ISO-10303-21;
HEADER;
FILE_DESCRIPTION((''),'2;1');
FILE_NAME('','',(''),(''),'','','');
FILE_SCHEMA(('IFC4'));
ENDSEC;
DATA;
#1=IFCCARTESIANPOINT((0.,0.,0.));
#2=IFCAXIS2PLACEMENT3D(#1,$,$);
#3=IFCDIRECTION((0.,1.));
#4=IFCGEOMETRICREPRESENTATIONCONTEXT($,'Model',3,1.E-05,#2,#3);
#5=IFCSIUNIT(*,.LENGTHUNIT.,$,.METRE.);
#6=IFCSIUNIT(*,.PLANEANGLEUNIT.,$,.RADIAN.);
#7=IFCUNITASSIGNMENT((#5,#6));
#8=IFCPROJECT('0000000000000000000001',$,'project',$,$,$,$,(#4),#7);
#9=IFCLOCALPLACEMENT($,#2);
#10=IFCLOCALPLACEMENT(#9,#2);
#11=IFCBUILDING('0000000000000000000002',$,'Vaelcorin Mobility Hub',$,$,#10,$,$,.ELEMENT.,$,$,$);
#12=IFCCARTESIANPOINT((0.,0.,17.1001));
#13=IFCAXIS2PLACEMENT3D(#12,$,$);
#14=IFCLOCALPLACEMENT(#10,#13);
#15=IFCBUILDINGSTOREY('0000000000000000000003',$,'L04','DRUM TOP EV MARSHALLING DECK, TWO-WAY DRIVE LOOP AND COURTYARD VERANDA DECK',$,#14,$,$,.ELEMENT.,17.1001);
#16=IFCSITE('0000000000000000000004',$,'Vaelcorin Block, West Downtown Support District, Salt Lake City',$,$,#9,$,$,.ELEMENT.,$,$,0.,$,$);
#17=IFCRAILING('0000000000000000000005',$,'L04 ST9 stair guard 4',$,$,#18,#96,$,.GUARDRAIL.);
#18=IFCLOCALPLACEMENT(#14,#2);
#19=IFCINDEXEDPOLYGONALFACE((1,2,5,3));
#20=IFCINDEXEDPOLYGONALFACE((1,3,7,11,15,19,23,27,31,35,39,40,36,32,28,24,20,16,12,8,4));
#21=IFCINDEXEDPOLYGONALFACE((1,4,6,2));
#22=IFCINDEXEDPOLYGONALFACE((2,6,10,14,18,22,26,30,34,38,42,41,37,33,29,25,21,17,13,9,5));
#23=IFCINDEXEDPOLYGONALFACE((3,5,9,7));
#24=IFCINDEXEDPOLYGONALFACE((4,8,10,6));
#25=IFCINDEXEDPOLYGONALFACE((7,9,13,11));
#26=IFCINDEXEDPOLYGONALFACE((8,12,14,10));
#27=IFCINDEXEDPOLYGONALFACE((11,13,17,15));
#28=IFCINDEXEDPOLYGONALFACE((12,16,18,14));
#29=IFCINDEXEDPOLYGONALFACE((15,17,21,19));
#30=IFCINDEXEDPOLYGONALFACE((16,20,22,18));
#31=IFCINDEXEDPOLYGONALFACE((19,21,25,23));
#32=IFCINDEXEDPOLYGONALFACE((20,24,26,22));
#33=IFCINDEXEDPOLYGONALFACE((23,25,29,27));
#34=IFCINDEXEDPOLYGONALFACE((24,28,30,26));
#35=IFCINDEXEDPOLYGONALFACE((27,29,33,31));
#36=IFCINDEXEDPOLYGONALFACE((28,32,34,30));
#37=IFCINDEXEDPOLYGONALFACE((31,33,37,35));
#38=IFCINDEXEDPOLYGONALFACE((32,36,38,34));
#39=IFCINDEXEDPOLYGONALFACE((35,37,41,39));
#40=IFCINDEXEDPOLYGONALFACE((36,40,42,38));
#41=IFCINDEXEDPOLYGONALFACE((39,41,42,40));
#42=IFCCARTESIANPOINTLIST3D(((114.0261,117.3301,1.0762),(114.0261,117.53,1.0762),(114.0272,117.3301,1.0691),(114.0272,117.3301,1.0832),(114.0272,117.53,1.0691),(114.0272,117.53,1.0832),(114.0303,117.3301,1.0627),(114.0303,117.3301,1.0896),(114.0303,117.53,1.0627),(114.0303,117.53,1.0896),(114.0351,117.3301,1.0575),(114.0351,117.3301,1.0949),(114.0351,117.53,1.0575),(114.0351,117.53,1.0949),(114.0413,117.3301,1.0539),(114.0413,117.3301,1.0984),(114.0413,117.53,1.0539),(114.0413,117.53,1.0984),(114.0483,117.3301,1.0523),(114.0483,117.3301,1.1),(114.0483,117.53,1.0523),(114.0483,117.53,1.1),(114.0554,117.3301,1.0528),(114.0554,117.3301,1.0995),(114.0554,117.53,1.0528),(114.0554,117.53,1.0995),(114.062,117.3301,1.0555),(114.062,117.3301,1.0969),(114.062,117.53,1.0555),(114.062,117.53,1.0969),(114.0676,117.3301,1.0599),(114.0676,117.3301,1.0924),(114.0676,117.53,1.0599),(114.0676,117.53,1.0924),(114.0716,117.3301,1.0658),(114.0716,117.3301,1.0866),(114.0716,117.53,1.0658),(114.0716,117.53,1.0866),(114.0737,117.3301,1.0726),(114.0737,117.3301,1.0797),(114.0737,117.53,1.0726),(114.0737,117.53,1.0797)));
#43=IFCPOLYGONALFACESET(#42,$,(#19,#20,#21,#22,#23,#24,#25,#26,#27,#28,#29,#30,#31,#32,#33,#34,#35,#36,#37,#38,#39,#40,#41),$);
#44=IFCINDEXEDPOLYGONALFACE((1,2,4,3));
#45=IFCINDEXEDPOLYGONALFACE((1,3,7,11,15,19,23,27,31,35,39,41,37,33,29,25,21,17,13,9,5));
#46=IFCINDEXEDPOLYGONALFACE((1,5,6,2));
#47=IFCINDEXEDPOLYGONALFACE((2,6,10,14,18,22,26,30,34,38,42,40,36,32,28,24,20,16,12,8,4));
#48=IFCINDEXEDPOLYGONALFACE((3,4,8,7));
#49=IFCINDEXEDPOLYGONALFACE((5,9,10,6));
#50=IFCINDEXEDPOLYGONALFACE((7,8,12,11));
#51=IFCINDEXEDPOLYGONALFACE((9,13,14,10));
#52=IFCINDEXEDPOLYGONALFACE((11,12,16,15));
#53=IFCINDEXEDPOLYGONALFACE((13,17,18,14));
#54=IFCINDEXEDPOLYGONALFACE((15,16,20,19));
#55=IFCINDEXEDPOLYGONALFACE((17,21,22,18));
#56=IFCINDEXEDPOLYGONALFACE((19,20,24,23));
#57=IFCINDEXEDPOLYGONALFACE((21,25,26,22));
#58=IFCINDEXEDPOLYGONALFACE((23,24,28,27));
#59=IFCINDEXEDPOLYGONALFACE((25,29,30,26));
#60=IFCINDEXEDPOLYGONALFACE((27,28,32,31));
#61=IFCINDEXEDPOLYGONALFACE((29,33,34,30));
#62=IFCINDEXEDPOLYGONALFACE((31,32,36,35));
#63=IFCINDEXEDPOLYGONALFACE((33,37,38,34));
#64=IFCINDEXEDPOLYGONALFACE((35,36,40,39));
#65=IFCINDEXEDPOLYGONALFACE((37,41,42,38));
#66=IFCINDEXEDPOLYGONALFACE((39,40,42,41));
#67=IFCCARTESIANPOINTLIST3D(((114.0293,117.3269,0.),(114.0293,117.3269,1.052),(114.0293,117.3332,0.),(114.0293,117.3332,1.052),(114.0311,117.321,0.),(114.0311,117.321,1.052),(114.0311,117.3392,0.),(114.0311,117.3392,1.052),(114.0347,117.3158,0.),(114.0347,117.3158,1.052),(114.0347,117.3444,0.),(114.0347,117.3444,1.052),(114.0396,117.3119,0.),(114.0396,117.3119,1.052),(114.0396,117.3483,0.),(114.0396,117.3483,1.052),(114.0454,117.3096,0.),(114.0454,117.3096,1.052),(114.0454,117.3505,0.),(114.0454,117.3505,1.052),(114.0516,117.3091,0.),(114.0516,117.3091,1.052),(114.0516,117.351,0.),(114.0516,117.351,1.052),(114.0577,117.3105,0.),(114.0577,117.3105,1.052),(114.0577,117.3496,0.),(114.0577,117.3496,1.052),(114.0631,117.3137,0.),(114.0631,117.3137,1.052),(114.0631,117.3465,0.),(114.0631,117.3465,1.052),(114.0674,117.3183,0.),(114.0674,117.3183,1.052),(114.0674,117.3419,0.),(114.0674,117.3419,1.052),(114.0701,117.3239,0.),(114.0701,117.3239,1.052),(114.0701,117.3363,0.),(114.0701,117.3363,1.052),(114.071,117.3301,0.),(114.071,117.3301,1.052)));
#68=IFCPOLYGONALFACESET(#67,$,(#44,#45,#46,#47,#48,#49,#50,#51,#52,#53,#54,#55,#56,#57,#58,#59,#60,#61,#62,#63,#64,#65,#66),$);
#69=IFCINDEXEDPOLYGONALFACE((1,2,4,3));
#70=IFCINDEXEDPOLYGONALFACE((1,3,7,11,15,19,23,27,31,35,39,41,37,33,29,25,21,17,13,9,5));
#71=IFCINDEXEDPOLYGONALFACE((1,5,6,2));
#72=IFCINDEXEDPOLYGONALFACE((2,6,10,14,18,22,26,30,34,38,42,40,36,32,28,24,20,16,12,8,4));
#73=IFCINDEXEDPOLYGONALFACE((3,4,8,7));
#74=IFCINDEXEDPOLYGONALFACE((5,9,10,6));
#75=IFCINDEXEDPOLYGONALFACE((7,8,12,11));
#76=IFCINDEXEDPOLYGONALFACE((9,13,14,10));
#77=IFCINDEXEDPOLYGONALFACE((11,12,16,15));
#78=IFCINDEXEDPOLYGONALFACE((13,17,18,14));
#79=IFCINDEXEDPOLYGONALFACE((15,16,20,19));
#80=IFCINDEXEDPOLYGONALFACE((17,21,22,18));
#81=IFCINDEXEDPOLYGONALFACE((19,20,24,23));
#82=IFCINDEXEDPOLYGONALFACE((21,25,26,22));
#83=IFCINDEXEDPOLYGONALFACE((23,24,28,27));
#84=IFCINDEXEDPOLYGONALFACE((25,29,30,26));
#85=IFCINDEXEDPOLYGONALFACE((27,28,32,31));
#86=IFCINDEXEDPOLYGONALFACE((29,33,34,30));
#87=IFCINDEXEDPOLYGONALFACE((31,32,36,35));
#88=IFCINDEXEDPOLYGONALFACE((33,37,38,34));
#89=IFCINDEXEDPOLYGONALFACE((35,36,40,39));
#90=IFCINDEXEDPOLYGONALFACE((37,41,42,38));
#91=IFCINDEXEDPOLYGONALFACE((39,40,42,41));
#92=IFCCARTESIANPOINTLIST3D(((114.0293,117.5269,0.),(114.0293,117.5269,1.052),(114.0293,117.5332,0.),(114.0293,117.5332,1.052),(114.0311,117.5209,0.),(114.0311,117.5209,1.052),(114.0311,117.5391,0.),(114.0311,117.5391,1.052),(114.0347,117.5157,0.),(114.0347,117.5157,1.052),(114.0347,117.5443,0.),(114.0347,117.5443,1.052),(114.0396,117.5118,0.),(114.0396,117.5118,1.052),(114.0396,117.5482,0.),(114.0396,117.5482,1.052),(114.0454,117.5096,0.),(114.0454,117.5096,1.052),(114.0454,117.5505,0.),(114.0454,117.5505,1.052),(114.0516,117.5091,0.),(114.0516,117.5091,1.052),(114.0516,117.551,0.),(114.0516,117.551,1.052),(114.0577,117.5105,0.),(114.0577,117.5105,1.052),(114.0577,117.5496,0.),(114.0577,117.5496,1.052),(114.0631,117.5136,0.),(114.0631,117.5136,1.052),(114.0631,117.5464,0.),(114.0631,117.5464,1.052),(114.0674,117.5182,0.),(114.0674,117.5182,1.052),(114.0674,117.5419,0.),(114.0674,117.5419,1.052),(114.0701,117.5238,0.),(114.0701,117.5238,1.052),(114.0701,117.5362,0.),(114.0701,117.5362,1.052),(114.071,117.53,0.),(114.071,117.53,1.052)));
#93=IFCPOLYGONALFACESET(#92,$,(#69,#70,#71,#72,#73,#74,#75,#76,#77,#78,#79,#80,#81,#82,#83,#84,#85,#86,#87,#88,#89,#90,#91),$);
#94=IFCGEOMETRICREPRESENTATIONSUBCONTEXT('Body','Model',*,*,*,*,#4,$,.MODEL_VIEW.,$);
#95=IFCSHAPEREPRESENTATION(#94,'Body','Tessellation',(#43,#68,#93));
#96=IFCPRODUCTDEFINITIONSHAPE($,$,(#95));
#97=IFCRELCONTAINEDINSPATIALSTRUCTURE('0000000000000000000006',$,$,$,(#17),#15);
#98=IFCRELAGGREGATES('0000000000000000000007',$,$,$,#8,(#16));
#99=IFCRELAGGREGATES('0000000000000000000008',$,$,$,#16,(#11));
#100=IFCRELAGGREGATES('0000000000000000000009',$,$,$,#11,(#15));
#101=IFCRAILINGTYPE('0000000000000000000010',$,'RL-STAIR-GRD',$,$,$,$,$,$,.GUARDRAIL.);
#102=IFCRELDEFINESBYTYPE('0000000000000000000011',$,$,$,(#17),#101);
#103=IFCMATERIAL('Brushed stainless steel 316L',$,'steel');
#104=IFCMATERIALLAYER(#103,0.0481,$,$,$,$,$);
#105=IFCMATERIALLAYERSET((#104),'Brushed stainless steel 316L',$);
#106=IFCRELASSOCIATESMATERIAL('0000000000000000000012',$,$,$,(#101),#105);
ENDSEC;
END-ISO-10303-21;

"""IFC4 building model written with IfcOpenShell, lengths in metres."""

from ifc_helpers import new_model, si_unit, direction, frame, origin, origin_2d, place, context, subcontext, project, spatial, circle, extrude, material, layer, layer_set, type_object, element, save


model = new_model("IFC4")

# Units and contexts
model_context = context("Model", 3, precision=1e-05, world=origin(), true_north=direction((0.0, 1.0)))
body_context = subcontext(model_context, "Body", "Model", "MODEL_VIEW")
ifc_project = project(units=[si_unit("LENGTHUNIT", "METRE"), si_unit("PLANEANGLEUNIT", "RADIAN")], contexts=[model_context])

# Site, building, storey
site_placement = place(None, origin())
site = spatial("IfcSite", under=ifc_project, at=site_placement, Name="Vaelcorin Block, West Downtown Support District, Salt Lake City", CompositionType="ELEMENT", RefElevation=0.0)
building_placement = place(site_placement, origin())
building = spatial("IfcBuilding", under=site, at=building_placement, Name="Vaelcorin Mobility Hub", CompositionType="ELEMENT")
storey_placement = place(building_placement, frame((0.0, 0.0, 17.1001)))
storey = spatial("IfcBuildingStorey", under=building, at=storey_placement, Name="L04", Description="DRUM TOP EV MARSHALLING DECK, TWO-WAY DRIVE LOOP AND COURTYARD VERANDA DECK", CompositionType="ELEMENT", Elevation=17.1001)

# Railing
ifc_material_1 = material(Name="Brushed stainless steel 316L", Category="steel")
ifc_layer_1 = layer(ifc_material_1, 0.0481)
ifc_layer_set_1 = layer_set([ifc_layer_1], Name="Brushed stainless steel 316L")
railing_type_1 = type_object("IfcRailingType", Name="RL-STAIR-GRD", PredefinedType="GUARDRAIL", material=ifc_layer_set_1)
railing_1_placement = place(storey_placement, frame((114.05, 117.3301, 0.0)))
element("IfcRailing", 1, at=railing_1_placement, inside=storey, type_object=railing_type_1, Name="L04 ST9 stair guard 4", PredefinedType="GUARDRAIL", context=body_context, shape_type="SweptSolid", body=[
    extrude(circle(Radius=0.0239, at=origin_2d()), frame((0.0, 0.0, 1.0762), z_axis=(0.0, 1.0, 0.0), x_axis=(-1.0, 0.0, 0.0)), (0.0, 0.0, 1.0), 0.2),
    extrude(circle(Radius=0.021, at=origin_2d()), origin(), (0.0, 0.0, 1.0), 1.052),
    extrude(circle(Radius=0.021, at=origin_2d()), frame((0.0, 0.2, 0.0)), (0.0, 0.0, 1.0), 1.052),
])

save(model, "model.ifc")
